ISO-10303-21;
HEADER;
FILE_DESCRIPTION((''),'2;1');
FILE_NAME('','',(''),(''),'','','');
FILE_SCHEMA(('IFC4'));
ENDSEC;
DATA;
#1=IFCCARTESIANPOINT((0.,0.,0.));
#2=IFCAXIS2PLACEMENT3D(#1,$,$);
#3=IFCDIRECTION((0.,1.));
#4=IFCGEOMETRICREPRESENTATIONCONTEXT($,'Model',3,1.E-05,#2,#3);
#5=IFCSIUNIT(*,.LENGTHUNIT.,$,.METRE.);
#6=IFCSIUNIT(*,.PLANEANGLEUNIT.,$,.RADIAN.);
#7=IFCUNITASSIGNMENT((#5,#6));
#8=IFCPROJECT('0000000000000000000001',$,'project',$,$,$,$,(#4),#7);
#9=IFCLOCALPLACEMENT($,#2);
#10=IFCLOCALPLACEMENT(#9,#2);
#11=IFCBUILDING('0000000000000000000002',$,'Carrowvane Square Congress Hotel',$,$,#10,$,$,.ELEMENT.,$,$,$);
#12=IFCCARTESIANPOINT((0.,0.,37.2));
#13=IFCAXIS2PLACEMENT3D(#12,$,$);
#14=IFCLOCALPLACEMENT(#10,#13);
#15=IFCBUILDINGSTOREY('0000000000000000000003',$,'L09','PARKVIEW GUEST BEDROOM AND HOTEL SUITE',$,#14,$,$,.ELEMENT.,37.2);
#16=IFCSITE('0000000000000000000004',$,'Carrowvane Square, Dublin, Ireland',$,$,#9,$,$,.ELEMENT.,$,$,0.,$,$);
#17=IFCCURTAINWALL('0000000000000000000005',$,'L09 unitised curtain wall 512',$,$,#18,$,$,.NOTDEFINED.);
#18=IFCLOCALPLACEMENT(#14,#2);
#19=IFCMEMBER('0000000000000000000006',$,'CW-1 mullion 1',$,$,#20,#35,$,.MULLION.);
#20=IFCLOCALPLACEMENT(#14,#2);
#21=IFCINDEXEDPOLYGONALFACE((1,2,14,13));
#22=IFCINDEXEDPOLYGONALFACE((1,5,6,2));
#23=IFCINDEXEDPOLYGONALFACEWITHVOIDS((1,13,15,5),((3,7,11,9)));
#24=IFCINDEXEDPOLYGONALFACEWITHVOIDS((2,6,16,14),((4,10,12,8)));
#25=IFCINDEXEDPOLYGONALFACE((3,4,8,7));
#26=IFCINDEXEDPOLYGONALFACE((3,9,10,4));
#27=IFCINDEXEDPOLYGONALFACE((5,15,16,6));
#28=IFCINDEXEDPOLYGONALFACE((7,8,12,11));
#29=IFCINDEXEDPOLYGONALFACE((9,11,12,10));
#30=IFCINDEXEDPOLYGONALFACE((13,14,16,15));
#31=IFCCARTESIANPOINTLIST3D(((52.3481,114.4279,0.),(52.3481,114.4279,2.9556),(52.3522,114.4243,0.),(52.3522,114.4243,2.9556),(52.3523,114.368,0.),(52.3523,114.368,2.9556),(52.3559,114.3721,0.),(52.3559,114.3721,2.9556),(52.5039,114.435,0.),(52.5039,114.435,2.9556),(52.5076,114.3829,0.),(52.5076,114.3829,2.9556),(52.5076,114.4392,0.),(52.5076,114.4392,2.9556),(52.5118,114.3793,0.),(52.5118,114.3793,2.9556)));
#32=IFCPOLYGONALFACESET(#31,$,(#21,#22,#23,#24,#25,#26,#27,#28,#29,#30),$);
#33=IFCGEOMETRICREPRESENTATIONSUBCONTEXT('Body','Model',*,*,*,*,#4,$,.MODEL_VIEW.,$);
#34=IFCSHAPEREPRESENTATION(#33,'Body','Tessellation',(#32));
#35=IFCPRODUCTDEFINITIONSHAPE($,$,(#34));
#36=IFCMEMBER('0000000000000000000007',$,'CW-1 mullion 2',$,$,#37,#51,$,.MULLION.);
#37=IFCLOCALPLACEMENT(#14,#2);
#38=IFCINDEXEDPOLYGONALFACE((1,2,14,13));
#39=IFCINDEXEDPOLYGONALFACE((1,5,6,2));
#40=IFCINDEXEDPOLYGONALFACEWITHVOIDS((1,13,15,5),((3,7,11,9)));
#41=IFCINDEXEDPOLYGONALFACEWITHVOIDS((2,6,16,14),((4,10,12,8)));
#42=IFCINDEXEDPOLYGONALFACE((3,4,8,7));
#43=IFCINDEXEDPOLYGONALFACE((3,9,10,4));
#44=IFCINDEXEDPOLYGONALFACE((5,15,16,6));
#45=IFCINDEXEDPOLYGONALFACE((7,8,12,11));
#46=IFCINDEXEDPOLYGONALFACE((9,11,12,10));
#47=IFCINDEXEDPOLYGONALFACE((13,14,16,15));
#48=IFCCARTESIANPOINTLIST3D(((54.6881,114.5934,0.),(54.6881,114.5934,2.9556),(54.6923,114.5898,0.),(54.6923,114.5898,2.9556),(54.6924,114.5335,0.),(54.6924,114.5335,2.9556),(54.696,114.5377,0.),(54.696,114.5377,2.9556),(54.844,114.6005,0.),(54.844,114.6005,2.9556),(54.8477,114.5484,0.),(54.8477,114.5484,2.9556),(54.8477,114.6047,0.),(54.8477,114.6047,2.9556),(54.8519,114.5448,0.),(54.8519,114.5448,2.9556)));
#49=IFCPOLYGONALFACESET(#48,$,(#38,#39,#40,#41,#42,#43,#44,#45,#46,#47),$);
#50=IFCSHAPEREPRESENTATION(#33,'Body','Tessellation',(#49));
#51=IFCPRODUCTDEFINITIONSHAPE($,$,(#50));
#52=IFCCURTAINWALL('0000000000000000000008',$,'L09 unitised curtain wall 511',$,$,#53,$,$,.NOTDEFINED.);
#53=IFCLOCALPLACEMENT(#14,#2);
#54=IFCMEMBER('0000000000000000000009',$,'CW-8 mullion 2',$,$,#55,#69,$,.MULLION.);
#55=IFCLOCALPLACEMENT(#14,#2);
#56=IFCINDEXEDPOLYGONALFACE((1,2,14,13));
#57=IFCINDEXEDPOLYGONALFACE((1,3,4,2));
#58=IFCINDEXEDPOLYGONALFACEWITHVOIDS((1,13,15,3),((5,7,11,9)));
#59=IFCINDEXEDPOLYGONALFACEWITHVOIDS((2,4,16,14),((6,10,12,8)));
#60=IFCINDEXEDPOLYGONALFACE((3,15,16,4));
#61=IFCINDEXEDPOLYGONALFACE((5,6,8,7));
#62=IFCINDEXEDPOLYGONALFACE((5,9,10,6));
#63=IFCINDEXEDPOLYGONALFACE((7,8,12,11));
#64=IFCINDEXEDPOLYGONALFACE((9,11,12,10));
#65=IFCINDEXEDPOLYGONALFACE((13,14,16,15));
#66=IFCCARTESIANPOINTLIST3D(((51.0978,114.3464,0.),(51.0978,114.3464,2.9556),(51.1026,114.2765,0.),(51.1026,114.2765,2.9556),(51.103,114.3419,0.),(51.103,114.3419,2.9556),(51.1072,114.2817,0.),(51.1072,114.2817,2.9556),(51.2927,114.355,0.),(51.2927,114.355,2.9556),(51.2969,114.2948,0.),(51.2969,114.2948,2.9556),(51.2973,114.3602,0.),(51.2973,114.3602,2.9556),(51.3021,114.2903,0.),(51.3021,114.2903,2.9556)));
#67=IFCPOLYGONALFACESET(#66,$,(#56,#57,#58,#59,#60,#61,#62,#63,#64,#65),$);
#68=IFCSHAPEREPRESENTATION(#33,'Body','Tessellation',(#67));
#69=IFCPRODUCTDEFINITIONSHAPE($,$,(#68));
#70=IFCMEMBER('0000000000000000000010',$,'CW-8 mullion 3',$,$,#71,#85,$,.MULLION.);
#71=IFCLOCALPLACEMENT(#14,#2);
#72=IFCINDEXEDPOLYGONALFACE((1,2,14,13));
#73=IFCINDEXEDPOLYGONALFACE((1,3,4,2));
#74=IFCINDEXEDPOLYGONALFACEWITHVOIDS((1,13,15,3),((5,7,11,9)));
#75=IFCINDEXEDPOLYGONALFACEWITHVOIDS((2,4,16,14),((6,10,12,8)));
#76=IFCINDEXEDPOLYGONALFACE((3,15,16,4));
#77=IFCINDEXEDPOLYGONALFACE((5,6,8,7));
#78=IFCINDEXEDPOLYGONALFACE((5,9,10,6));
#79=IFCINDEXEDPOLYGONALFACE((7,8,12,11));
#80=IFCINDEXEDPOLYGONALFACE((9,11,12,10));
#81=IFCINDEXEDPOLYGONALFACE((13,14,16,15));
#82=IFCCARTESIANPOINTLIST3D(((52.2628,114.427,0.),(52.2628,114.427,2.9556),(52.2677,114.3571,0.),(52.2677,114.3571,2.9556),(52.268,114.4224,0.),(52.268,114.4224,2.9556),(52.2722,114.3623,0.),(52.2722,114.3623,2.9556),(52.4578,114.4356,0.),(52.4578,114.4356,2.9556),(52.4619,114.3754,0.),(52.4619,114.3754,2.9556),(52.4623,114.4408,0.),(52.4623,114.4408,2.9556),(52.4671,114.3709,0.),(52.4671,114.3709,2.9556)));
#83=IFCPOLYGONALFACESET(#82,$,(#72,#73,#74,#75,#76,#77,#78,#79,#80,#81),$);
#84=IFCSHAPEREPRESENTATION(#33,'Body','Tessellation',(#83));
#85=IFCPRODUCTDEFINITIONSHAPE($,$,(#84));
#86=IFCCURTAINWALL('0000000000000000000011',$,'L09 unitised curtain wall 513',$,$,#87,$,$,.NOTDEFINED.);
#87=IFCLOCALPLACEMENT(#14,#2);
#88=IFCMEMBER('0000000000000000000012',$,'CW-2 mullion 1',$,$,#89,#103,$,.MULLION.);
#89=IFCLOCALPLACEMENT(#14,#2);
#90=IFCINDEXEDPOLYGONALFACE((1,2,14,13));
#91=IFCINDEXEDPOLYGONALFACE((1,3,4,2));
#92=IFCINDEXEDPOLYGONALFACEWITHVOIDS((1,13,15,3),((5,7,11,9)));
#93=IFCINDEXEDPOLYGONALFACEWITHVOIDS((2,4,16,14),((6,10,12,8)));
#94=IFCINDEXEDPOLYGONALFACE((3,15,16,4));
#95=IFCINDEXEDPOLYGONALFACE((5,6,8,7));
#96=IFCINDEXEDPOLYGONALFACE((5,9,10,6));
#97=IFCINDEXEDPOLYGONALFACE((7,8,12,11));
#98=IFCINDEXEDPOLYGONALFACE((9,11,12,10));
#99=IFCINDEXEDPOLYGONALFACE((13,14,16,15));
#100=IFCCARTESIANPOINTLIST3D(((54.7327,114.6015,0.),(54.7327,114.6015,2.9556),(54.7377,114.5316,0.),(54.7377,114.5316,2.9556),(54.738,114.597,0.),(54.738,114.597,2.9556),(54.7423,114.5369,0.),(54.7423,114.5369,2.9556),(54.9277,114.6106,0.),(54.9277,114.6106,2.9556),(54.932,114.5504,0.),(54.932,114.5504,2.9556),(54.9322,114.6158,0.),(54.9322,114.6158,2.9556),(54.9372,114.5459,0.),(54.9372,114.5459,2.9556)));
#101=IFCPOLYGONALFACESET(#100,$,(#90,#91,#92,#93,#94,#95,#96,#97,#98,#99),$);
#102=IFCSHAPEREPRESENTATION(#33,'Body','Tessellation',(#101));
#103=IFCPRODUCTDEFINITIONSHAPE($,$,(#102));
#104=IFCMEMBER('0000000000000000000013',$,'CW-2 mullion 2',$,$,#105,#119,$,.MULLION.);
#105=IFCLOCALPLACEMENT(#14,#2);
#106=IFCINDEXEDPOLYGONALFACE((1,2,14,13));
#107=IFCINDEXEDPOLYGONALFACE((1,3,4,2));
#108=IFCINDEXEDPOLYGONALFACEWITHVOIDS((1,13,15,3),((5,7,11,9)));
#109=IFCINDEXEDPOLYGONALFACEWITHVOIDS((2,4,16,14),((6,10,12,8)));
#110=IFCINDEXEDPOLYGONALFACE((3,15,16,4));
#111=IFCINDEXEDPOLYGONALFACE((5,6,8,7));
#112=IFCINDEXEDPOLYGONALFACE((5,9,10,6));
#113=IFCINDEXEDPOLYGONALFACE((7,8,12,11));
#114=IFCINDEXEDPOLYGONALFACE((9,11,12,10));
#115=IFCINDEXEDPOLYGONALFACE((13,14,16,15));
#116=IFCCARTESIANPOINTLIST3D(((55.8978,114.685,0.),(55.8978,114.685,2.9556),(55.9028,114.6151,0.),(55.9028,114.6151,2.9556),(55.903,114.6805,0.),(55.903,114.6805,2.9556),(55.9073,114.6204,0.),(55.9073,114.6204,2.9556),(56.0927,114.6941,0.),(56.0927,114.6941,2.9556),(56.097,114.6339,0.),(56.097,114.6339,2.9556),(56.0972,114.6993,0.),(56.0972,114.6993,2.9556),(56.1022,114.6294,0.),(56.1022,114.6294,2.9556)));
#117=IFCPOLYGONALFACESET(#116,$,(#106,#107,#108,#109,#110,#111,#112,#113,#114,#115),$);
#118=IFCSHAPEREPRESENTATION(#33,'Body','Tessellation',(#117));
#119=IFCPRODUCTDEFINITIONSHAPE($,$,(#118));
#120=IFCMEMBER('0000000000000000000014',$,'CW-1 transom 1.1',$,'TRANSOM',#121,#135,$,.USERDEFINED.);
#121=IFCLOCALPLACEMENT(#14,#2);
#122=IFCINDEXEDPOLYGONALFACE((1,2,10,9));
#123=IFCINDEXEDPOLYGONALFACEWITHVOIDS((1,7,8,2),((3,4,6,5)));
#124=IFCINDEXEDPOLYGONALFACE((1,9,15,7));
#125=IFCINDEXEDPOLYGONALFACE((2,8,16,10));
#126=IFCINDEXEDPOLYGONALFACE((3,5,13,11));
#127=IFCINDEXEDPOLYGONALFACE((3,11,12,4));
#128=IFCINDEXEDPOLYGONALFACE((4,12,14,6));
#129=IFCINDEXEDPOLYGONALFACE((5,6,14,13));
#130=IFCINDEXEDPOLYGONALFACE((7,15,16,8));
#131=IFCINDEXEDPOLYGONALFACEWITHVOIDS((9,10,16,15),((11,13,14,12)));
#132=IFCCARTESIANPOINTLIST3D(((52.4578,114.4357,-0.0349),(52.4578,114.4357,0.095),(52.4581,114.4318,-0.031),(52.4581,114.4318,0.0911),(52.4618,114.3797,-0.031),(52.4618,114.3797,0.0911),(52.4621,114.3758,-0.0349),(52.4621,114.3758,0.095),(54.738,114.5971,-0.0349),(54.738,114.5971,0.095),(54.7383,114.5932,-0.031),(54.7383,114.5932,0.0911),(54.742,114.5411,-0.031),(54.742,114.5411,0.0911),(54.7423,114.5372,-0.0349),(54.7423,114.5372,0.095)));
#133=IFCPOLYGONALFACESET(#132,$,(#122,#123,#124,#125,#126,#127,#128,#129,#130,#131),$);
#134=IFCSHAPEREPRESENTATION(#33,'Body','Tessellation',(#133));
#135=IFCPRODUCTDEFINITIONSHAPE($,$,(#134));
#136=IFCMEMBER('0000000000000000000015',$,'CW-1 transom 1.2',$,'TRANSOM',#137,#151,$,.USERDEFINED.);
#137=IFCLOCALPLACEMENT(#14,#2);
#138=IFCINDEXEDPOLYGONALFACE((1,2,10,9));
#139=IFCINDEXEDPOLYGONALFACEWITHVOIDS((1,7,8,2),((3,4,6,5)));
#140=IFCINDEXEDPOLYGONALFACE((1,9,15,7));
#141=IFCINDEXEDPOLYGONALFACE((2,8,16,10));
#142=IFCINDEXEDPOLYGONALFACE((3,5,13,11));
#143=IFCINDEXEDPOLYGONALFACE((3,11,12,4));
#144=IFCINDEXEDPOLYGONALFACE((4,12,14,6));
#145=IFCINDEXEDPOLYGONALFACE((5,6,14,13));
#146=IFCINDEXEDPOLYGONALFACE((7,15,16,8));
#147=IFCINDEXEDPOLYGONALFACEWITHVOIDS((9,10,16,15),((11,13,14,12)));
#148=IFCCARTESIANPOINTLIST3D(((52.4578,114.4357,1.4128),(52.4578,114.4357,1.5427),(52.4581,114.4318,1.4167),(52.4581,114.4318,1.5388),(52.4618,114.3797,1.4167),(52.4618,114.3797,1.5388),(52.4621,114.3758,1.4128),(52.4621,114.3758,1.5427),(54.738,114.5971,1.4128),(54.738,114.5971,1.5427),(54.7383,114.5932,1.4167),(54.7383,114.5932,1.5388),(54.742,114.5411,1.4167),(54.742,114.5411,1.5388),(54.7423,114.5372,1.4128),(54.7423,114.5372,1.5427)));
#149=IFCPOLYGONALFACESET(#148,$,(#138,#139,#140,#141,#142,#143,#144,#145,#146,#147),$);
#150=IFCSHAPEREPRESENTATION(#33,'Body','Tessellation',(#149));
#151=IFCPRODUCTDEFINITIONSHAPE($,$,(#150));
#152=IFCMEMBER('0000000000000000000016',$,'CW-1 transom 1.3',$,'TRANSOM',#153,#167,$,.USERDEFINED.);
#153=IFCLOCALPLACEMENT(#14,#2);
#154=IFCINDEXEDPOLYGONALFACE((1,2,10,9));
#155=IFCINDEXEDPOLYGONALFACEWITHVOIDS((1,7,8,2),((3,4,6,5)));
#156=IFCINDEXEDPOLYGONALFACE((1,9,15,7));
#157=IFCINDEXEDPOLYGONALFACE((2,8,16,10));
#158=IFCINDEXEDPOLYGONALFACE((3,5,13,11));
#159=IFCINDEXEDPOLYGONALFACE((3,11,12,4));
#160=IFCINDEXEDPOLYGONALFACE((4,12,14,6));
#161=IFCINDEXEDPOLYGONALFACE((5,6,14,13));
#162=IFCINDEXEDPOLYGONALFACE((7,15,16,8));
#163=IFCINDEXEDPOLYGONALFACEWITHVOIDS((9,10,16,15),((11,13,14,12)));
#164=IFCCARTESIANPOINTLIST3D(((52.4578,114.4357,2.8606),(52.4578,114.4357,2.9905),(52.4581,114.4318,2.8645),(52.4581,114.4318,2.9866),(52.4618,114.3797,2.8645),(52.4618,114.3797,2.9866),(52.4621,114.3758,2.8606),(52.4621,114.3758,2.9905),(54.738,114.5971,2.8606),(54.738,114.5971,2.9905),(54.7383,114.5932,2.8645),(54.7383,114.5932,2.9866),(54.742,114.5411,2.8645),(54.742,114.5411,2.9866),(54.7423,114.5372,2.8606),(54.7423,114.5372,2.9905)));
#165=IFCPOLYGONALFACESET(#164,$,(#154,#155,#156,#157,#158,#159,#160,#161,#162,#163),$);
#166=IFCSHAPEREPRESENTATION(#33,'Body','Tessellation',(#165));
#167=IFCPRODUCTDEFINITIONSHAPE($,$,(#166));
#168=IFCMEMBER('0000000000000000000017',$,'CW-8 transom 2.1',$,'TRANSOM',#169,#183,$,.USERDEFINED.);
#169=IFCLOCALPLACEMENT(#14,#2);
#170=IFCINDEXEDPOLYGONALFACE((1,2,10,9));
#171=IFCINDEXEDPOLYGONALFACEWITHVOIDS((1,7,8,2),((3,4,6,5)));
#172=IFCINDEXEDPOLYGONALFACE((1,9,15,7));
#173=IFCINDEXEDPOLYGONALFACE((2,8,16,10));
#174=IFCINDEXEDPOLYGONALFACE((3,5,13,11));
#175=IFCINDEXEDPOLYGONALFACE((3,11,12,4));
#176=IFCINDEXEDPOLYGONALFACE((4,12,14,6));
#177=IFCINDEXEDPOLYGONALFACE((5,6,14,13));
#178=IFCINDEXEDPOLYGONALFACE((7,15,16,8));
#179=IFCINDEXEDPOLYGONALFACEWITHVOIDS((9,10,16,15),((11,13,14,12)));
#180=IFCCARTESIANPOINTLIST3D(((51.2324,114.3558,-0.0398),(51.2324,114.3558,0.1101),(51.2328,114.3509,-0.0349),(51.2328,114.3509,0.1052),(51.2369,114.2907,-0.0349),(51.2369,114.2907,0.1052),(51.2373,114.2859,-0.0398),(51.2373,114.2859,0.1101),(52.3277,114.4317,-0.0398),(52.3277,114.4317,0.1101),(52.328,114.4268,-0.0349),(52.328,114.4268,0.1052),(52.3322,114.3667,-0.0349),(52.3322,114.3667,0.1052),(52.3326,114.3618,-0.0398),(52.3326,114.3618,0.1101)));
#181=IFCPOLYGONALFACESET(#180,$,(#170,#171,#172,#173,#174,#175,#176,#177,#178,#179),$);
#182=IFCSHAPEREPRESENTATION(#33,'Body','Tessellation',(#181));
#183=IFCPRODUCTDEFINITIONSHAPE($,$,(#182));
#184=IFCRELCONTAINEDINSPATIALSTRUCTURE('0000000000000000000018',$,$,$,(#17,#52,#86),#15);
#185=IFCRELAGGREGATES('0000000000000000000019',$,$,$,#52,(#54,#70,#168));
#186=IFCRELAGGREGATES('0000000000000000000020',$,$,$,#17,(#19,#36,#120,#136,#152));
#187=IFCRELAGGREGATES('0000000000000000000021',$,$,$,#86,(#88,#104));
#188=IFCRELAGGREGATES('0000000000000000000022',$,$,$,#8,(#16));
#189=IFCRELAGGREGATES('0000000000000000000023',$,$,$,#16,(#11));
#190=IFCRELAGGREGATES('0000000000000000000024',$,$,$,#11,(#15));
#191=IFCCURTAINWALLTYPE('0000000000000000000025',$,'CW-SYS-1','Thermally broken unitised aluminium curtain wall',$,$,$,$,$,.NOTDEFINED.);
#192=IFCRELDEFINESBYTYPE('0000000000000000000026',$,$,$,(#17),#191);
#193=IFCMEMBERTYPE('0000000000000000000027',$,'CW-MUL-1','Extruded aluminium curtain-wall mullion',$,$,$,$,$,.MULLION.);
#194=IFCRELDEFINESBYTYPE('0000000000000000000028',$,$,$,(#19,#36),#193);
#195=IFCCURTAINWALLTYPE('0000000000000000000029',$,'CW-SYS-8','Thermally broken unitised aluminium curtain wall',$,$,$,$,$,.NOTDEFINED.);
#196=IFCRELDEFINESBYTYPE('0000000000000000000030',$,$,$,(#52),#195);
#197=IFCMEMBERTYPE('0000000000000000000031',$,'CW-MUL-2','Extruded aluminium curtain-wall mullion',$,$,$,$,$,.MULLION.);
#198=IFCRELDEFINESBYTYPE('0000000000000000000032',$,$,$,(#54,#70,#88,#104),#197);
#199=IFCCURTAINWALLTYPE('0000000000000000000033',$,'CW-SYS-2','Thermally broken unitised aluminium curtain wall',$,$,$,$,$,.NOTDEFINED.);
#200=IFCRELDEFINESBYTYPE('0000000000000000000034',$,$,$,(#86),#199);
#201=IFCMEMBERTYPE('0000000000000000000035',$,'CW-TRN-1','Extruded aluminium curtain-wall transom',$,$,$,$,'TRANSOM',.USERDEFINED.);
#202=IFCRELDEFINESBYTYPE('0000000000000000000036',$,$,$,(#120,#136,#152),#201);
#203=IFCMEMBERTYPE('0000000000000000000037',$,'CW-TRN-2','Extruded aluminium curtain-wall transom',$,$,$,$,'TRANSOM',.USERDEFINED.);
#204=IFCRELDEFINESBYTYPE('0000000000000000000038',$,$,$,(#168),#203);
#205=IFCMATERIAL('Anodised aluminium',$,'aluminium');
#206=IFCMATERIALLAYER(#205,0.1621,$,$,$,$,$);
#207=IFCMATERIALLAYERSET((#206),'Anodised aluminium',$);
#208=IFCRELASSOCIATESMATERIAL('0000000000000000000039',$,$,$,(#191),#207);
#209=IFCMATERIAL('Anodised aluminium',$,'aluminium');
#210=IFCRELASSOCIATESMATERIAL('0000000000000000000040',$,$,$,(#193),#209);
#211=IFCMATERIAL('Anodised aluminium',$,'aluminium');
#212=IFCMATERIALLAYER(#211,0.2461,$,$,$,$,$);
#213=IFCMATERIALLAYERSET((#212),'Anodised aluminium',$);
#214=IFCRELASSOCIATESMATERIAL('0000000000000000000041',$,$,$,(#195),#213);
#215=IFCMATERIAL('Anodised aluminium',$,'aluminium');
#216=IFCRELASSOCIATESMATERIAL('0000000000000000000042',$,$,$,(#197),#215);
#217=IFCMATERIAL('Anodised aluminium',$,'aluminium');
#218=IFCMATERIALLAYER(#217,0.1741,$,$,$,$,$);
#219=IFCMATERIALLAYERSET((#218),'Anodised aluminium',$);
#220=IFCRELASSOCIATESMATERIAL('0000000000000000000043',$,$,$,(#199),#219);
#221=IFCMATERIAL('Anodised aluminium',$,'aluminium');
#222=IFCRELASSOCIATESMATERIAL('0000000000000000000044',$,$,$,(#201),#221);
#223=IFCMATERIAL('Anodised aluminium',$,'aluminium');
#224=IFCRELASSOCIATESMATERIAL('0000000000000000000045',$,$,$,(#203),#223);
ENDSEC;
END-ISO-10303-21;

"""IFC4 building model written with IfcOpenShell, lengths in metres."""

from ifc_helpers import new_model, si_unit, direction, frame, origin, origin_2d, place, context, subcontext, project, spatial, hollow_rectangle, extrude, material, layer, layer_set, material_profile, profile_set, type_object, element, aggregate, save


model = new_model("IFC4")

# Units and contexts
model_context = context("Model", 3, precision=1e-05, world=origin(), true_north=direction((0.0, 1.0)))
body_context = subcontext(model_context, "Body", "Model", "MODEL_VIEW")
ifc_project = project(units=[si_unit("LENGTHUNIT", "METRE"), si_unit("PLANEANGLEUNIT", "RADIAN")], contexts=[model_context])

# Site, building, storey
site_placement = place(None, origin())
site = spatial("IfcSite", under=ifc_project, at=site_placement, Name="Carrowvane Square, Dublin, Ireland", CompositionType="ELEMENT", RefElevation=0.0)
building_placement = place(site_placement, origin())
building = spatial("IfcBuilding", under=site, at=building_placement, Name="Carrowvane Square Congress Hotel", CompositionType="ELEMENT")
storey_placement = place(building_placement, frame((0.0, 0.0, 37.2)))
storey = spatial("IfcBuildingStorey", under=building, at=storey_placement, Name="L09", Description="PARKVIEW GUEST BEDROOM AND HOTEL SUITE", CompositionType="ELEMENT", Elevation=37.2)

# Curtain walls, members
ifc_material_1 = material(Name="Anodised aluminium", Category="aluminium")
ifc_layer_1 = layer(ifc_material_1, 0.1621)
ifc_layer_set_1 = layer_set([ifc_layer_1], Name="Anodised aluminium")
curtain_wall_type_1 = type_object("IfcCurtainWallType", Name="CW-SYS-1", Description="Thermally broken unitised aluminium curtain wall", PredefinedType="NOTDEFINED", material=ifc_layer_set_1)
curtain_wall_1_placement = place(storey_placement, origin())
curtain_wall_1 = element("IfcCurtainWall", 1, at=curtain_wall_1_placement, inside=storey, type_object=curtain_wall_type_1, Name="L09 unitised curtain wall 512", PredefinedType="NOTDEFINED")
ifc_material_2 = material(Name="Anodised aluminium", Category="aluminium")
ifc_material_profile_1 = material_profile(ifc_material_2, hollow_rectangle(XDim=0.0601, YDim=0.1599, WallThickness=0.0039, at=origin_2d()), Name="CW-ML 60x160x4")
ifc_profile_set_1 = profile_set([ifc_material_profile_1], Name="Anodised aluminium")
member_type_1 = type_object("IfcMemberType", Name="CW-MUL-1", Description="Extruded aluminium curtain-wall mullion", PredefinedType="MULLION", material=ifc_profile_set_1)
member_1_placement = place(storey_placement, frame((52.4299, 114.4036, 0.0), z_axis=(0.0, 0.0, 1.0), x_axis=(-0.070586, 0.997506, 0.0)))
member_1 = element("IfcMember", 2, at=member_1_placement, type_object=member_type_1, Name="CW-1 mullion 1", PredefinedType="MULLION", context=body_context, shape_type="SweptSolid", body=[
    extrude(hollow_rectangle(XDim=0.0601, YDim=0.1599, WallThickness=0.0039, at=origin_2d()), origin(), (0.0, 0.0, 1.0), 2.9556),
])
member_2_placement = place(storey_placement, frame((54.77, 114.5691, 0.0), z_axis=(0.0, 0.0, 1.0), x_axis=(-0.070586, 0.997506, 0.0)))
member_2 = element("IfcMember", 3, at=member_2_placement, type_object=member_type_1, Name="CW-1 mullion 2", PredefinedType="MULLION", context=body_context, shape_type="SweptSolid", body=[
    extrude(hollow_rectangle(XDim=0.0601, YDim=0.1599, WallThickness=0.0039, at=origin_2d()), origin(), (0.0, 0.0, 1.0), 2.9556),
])
ifc_material_3 = material(Name="Anodised aluminium", Category="aluminium")
ifc_layer_2 = layer(ifc_material_3, 0.2461)
ifc_layer_set_2 = layer_set([ifc_layer_2], Name="Anodised aluminium")
curtain_wall_type_2 = type_object("IfcCurtainWallType", Name="CW-SYS-8", Description="Thermally broken unitised aluminium curtain wall", PredefinedType="NOTDEFINED", material=ifc_layer_set_2)
curtain_wall_2_placement = place(storey_placement, origin())
curtain_wall_2 = element("IfcCurtainWall", 4, at=curtain_wall_2_placement, inside=storey, type_object=curtain_wall_type_2, Name="L09 unitised curtain wall 511", PredefinedType="NOTDEFINED")
ifc_material_4 = material(Name="Anodised aluminium", Category="aluminium")
ifc_material_profile_2 = material_profile(ifc_material_4, hollow_rectangle(XDim=0.0701, YDim=0.2, WallThickness=0.0049, at=origin_2d()), Name="CW-ML 70x200x5")
ifc_profile_set_2 = profile_set([ifc_material_profile_2], Name="Anodised aluminium")
member_type_2 = type_object("IfcMemberType", Name="CW-MUL-2", Description="Extruded aluminium curtain-wall mullion", PredefinedType="MULLION", material=ifc_profile_set_2)
member_3_placement = place(storey_placement, frame((51.2, 114.3184, 0.0), z_axis=(0.0, 0.0, 1.0), x_axis=(-0.068986, 0.997618, 0.0)))
member_3 = element("IfcMember", 5, at=member_3_placement, type_object=member_type_2, Name="CW-8 mullion 2", PredefinedType="MULLION", context=body_context, shape_type="SweptSolid", body=[
    extrude(hollow_rectangle(XDim=0.0701, YDim=0.2, WallThickness=0.0049, at=origin_2d()), origin(), (0.0, 0.0, 1.0), 2.9556),
])
member_4_placement = place(storey_placement, frame((52.365, 114.3989, 0.0), z_axis=(0.0, 0.0, 1.0), x_axis=(-0.068986, 0.997618, 0.0)))
member_4 = element("IfcMember", 6, at=member_4_placement, type_object=member_type_2, Name="CW-8 mullion 3", PredefinedType="MULLION", context=body_context, shape_type="SweptSolid", body=[
    extrude(hollow_rectangle(XDim=0.0701, YDim=0.2, WallThickness=0.0049, at=origin_2d()), origin(), (0.0, 0.0, 1.0), 2.9556),
])
ifc_material_5 = material(Name="Anodised aluminium", Category="aluminium")
ifc_layer_3 = layer(ifc_material_5, 0.1741)
ifc_layer_set_3 = layer_set([ifc_layer_3], Name="Anodised aluminium")
curtain_wall_type_3 = type_object("IfcCurtainWallType", Name="CW-SYS-2", Description="Thermally broken unitised aluminium curtain wall", PredefinedType="NOTDEFINED", material=ifc_layer_set_3)
curtain_wall_3_placement = place(storey_placement, origin())
curtain_wall_3 = element("IfcCurtainWall", 7, at=curtain_wall_3_placement, inside=storey, type_object=curtain_wall_type_3, Name="L09 unitised curtain wall 513", PredefinedType="NOTDEFINED")
member_5_placement = place(storey_placement, frame((54.835, 114.5737, 0.0), z_axis=(0.0, 0.0, 1.0), x_axis=(-0.071418, 0.997446, 0.0)))
member_5 = element("IfcMember", 8, at=member_5_placement, type_object=member_type_2, Name="CW-2 mullion 1", PredefinedType="MULLION", context=body_context, shape_type="SweptSolid", body=[
    extrude(hollow_rectangle(XDim=0.0701, YDim=0.2, WallThickness=0.0049, at=origin_2d()), origin(), (0.0, 0.0, 1.0), 2.9556),
])
member_6_placement = place(storey_placement, frame((56.0, 114.6572, 0.0), z_axis=(0.0, 0.0, 1.0), x_axis=(-0.071418, 0.997446, 0.0)))
member_6 = element("IfcMember", 9, at=member_6_placement, type_object=member_type_2, Name="CW-2 mullion 2", PredefinedType="MULLION", context=body_context, shape_type="SweptSolid", body=[
    extrude(hollow_rectangle(XDim=0.0701, YDim=0.2, WallThickness=0.0049, at=origin_2d()), origin(), (0.0, 0.0, 1.0), 2.9556),
])

# Members
ifc_material_6 = material(Name="Anodised aluminium", Category="aluminium")
ifc_material_profile_3 = material_profile(ifc_material_6, hollow_rectangle(XDim=0.0601, YDim=0.1299, WallThickness=0.0039, at=origin_2d()), Name="CW-TR 60x130x4")
ifc_profile_set_3 = profile_set([ifc_material_profile_3], Name="Anodised aluminium")
member_type_3 = type_object("IfcMemberType", Name="CW-TRN-1", Description="Extruded aluminium curtain-wall transom", ElementType="TRANSOM", PredefinedType="USERDEFINED", material=ifc_profile_set_3)
member_7_placement = place(storey_placement, frame((52.46, 114.4058, 0.03), z_axis=(0.997505, 0.070594, 0.0), x_axis=(-0.070594, 0.997505, 0.0)))
member_7 = element("IfcMember", 10, at=member_7_placement, type_object=member_type_3, Name="CW-1 transom 1.1", ObjectType="TRANSOM", PredefinedType="USERDEFINED", context=body_context, shape_type="SweptSolid", body=[
    extrude(hollow_rectangle(XDim=0.0601, YDim=0.1299, WallThickness=0.0039, at=origin_2d()), origin(), (0.0, 0.0, 1.0), 2.2859),
])
member_8_placement = place(storey_placement, frame((52.46, 114.4058, 1.4778), z_axis=(0.997505, 0.070594, 0.0), x_axis=(-0.070594, 0.997505, 0.0)))
member_8 = element("IfcMember", 11, at=member_8_placement, type_object=member_type_3, Name="CW-1 transom 1.2", ObjectType="TRANSOM", PredefinedType="USERDEFINED", context=body_context, shape_type="SweptSolid", body=[
    extrude(hollow_rectangle(XDim=0.0601, YDim=0.1299, WallThickness=0.0039, at=origin_2d()), origin(), (0.0, 0.0, 1.0), 2.2859),
])
member_9_placement = place(storey_placement, frame((52.46, 114.4058, 2.9255), z_axis=(0.997505, 0.070594, 0.0), x_axis=(-0.070594, 0.997505, 0.0)))
member_9 = element("IfcMember", 12, at=member_9_placement, type_object=member_type_3, Name="CW-1 transom 1.3", ObjectType="TRANSOM", PredefinedType="USERDEFINED", context=body_context, shape_type="SweptSolid", body=[
    extrude(hollow_rectangle(XDim=0.0601, YDim=0.1299, WallThickness=0.0039, at=origin_2d()), origin(), (0.0, 0.0, 1.0), 2.2859),
])
ifc_material_7 = material(Name="Anodised aluminium", Category="aluminium")
ifc_material_profile_4 = material_profile(ifc_material_7, hollow_rectangle(XDim=0.0701, YDim=0.1499, WallThickness=0.0049, at=origin_2d()), Name="CW-TR 70x150x5")
ifc_profile_set_4 = profile_set([ifc_material_profile_4], Name="Anodised aluminium")
member_type_4 = type_object("IfcMemberType", Name="CW-TRN-2", Description="Extruded aluminium curtain-wall transom", ElementType="TRANSOM", PredefinedType="USERDEFINED", material=ifc_profile_set_4)
member_10_placement = place(storey_placement, frame((51.2349, 114.3208, 0.0352), z_axis=(0.997606, 0.069161, 0.0), x_axis=(-0.069161, 0.997606, 0.0)))
member_10 = element("IfcMember", 13, at=member_10_placement, type_object=member_type_4, Name="CW-8 transom 2.1", ObjectType="TRANSOM", PredefinedType="USERDEFINED", context=body_context, shape_type="SweptSolid", body=[
    extrude(hollow_rectangle(XDim=0.0701, YDim=0.1499, WallThickness=0.0049, at=origin_2d()), origin(), (0.0, 0.0, 1.0), 1.0979),
])

aggregate(curtain_wall_2, [member_3, member_4, member_10])
aggregate(curtain_wall_1, [member_1, member_2, member_7, member_8, member_9])
aggregate(curtain_wall_3, [member_5, member_6])

save(model, "model.ifc")
